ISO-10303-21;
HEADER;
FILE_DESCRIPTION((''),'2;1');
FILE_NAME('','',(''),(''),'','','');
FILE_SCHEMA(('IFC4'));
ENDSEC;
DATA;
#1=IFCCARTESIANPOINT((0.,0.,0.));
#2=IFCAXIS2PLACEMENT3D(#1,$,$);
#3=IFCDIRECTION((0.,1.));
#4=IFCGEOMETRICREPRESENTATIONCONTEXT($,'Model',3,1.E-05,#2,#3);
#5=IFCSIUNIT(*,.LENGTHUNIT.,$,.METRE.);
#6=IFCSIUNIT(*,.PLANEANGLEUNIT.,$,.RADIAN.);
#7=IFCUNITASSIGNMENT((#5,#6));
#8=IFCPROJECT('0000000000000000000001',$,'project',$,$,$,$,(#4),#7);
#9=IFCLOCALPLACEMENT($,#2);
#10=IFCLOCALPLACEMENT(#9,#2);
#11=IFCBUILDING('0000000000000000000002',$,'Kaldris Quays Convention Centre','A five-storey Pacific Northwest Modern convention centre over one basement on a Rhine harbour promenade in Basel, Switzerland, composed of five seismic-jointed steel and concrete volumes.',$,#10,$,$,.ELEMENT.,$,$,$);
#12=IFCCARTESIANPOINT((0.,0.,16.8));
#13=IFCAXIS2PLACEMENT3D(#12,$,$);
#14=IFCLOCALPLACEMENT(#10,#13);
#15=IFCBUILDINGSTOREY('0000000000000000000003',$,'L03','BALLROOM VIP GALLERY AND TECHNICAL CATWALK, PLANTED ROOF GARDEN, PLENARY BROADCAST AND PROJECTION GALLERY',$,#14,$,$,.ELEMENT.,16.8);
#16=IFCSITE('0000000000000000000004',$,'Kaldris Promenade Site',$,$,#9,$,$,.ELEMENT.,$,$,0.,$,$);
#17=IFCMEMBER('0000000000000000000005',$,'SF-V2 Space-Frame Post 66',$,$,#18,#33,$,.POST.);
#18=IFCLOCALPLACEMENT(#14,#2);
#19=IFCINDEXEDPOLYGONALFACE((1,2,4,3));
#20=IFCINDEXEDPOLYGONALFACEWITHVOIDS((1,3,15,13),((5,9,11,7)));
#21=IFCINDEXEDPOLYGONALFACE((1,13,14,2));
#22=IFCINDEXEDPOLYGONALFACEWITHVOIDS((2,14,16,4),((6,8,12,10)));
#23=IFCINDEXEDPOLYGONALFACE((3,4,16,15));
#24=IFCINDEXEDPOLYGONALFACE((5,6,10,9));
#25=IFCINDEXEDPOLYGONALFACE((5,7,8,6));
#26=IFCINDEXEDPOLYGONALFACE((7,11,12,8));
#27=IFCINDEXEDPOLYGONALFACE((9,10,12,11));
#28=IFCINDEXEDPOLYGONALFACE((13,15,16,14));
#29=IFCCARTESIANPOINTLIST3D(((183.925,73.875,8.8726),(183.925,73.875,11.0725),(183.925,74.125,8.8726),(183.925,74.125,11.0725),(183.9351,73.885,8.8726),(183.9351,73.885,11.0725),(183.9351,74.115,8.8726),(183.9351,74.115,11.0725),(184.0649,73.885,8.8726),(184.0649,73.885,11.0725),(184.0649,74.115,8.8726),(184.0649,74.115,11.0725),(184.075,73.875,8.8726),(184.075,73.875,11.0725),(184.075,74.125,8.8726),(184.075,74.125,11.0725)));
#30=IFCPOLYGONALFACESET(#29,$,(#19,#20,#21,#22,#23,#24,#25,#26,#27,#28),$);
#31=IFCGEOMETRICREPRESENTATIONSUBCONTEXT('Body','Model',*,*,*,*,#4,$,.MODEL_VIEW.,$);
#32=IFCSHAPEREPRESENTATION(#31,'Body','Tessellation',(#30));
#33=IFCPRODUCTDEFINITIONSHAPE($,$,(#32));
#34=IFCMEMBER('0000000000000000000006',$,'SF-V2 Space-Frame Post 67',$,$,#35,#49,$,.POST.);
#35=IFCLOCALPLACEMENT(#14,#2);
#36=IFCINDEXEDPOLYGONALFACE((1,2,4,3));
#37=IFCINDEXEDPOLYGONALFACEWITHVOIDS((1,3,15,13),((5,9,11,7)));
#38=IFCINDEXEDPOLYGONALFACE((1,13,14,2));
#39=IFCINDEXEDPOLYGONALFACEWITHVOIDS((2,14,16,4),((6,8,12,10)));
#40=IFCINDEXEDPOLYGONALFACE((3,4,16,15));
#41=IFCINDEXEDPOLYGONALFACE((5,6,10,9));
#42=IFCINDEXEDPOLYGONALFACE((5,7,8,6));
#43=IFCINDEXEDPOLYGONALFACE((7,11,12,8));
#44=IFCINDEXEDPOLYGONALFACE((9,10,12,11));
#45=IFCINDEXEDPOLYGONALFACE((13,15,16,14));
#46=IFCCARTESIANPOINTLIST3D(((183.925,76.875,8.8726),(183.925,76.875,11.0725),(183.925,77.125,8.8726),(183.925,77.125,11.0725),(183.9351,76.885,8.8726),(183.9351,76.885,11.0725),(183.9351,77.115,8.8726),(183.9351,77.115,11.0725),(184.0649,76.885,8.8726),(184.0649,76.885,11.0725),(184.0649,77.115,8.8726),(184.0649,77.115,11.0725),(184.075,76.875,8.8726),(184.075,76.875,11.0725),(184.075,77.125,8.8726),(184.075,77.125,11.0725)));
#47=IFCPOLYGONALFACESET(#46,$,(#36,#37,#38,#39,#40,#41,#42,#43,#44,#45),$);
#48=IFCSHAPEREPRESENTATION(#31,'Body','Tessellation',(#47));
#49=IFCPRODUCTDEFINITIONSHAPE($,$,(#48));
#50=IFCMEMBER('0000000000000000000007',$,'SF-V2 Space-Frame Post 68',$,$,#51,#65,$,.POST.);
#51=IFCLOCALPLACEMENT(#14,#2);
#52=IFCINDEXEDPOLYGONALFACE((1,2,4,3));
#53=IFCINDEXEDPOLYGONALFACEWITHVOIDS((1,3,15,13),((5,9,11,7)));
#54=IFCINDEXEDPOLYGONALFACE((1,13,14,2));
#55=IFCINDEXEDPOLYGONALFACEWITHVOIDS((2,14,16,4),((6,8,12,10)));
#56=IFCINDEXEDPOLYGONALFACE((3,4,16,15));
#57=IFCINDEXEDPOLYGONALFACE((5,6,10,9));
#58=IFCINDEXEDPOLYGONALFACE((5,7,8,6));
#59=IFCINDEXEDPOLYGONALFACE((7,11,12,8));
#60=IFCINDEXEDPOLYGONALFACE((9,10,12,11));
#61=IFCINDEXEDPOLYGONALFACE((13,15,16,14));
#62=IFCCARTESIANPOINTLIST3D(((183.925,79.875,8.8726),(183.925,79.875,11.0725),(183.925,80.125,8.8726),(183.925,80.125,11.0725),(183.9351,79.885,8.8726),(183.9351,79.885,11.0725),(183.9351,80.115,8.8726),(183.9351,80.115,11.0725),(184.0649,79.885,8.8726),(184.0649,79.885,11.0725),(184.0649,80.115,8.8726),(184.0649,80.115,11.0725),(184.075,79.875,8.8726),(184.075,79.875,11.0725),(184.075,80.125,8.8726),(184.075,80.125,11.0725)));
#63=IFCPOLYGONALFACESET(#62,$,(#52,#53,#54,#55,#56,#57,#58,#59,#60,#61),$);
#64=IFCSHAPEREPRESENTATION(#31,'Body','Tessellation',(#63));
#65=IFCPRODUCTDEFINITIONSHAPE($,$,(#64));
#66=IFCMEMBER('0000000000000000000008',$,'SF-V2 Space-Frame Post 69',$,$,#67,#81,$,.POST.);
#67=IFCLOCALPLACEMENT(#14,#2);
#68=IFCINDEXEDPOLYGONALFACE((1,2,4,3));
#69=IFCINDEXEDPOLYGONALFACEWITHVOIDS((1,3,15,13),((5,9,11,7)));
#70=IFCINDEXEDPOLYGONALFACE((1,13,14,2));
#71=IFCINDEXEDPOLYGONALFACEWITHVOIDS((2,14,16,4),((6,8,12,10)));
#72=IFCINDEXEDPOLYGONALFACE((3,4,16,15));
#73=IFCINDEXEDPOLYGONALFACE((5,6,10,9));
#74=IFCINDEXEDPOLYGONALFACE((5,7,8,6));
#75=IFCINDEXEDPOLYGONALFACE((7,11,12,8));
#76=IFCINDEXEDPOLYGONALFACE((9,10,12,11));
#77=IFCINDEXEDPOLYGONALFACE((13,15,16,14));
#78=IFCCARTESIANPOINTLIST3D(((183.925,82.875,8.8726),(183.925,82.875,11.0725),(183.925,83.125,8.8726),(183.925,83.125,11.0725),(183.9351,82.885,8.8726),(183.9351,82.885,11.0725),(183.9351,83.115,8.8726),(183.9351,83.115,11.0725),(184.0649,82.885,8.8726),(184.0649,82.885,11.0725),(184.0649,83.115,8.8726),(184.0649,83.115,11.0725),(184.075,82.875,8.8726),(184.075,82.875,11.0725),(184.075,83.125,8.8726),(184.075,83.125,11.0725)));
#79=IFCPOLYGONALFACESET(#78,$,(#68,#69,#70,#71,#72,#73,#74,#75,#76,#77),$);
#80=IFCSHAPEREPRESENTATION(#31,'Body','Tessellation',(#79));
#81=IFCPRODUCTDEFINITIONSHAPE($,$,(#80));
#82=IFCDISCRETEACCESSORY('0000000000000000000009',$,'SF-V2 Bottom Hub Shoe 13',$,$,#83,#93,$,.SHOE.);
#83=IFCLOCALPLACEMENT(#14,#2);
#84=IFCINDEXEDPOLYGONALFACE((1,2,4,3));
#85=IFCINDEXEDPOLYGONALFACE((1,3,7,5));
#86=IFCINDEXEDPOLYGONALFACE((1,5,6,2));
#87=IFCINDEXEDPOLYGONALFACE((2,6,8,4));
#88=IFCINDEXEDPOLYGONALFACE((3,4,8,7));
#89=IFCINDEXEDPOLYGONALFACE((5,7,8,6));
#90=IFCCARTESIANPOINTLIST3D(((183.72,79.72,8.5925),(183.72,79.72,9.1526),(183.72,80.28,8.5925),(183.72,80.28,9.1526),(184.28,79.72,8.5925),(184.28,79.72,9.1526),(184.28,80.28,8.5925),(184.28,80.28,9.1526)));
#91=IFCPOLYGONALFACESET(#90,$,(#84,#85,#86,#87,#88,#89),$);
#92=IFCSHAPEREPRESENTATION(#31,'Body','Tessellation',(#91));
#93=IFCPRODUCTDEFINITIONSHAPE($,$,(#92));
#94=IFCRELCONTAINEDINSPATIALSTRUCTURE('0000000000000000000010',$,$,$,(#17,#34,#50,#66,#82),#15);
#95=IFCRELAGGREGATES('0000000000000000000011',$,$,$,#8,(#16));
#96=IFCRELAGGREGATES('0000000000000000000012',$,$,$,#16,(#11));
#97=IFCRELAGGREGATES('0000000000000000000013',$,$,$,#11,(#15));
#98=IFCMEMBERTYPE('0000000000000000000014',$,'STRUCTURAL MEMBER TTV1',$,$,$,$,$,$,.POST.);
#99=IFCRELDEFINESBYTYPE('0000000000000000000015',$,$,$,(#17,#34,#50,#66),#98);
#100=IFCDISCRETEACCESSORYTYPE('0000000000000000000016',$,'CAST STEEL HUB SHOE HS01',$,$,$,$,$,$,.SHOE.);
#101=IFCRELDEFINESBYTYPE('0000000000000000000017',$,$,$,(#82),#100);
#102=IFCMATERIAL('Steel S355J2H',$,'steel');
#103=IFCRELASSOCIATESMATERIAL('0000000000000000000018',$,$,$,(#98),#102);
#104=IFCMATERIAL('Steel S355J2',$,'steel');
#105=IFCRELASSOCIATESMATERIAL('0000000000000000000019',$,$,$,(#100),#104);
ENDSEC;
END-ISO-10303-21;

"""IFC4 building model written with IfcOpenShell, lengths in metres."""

from ifc_helpers import new_model, si_unit, direction, frame, origin, origin_2d, place, context, subcontext, project, spatial, rectangle, hollow_rectangle, extrude, material, material_profile, profile_set, type_object, element, save


model = new_model("IFC4")

# Units and contexts
model_context = context("Model", 3, precision=1e-05, world=origin(), true_north=direction((0.0, 1.0)))
body_context = subcontext(model_context, "Body", "Model", "MODEL_VIEW")
ifc_project = project(units=[si_unit("LENGTHUNIT", "METRE"), si_unit("PLANEANGLEUNIT", "RADIAN")], contexts=[model_context])

# Site, building, storey
site_placement = place(None, origin())
site = spatial("IfcSite", under=ifc_project, at=site_placement, Name="Kaldris Promenade Site", CompositionType="ELEMENT", RefElevation=0.0)
building_placement = place(site_placement, origin())
building = spatial("IfcBuilding", under=site, at=building_placement, Name="Kaldris Quays Convention Centre", Description="A five-storey Pacific Northwest Modern convention centre over one basement on a Rhine harbour promenade in Basel, Switzerland, composed of five seismic-jointed steel and concrete volumes.", CompositionType="ELEMENT")
storey_placement = place(building_placement, frame((0.0, 0.0, 16.8)))
storey = spatial("IfcBuildingStorey", under=building, at=storey_placement, Name="L03", Description="BALLROOM VIP GALLERY AND TECHNICAL CATWALK, PLANTED ROOF GARDEN, PLENARY BROADCAST AND PROJECTION GALLERY", CompositionType="ELEMENT", Elevation=16.8)

# Members
ifc_material_1 = material(Name="Steel S355J2H", Category="steel")
ifc_material_profile_1 = material_profile(ifc_material_1, hollow_rectangle(XDim=0.1499, YDim=0.25, WallThickness=0.01, at=origin_2d()), Name="RHS 250x150x10")
ifc_profile_set_1 = profile_set([ifc_material_profile_1], Name="Steel S355J2H")
member_type_1 = type_object("IfcMemberType", Name="STRUCTURAL MEMBER TTV1", PredefinedType="POST", material=ifc_profile_set_1)
for number, where, z_axis, x_axis, name in (
    (1, (184.0, 74.0, 8.8726), (0.0, 0.0, 1.0), (1.0, 0.0, 0.0), "SF-V2 Space-Frame Post 66"),
    (2, (184.0, 77.0, 8.8726), (0.0, 0.0, 1.0), (1.0, 0.0, 0.0), "SF-V2 Space-Frame Post 67"),
    (3, (184.0, 80.0, 8.8726), (0.0, 0.0, 1.0), (1.0, 0.0, 0.0), "SF-V2 Space-Frame Post 68"),
    (4, (184.0, 83.0, 8.8726), (0.0, 0.0, 1.0), (1.0, 0.0, 0.0), "SF-V2 Space-Frame Post 69"),
):
    element("IfcMember", number, at=place(storey_placement, frame(where, z_axis=z_axis, x_axis=x_axis)), inside=storey, type_object=member_type_1, Name=name, PredefinedType="POST", context=body_context, shape_type="SweptSolid", body=[
        extrude(hollow_rectangle(XDim=0.1499, YDim=0.25, WallThickness=0.01, at=origin_2d()), origin(), (0.0, 0.0, 1.0), 2.2),
    ])

# Discrete accessory
ifc_material_2 = material(Name="Steel S355J2", Category="steel")
discrete_accessory_type = type_object("IfcDiscreteAccessoryType", Name="CAST STEEL HUB SHOE HS01", PredefinedType="SHOE", material=ifc_material_2)
discrete_accessory_placement = place(storey_placement, frame((184.0, 80.0, 8.5925), z_axis=(0.0, 0.0, 1.0), x_axis=(1.0, 0.0, 0.0)))
element("IfcDiscreteAccessory", 5, at=discrete_accessory_placement, inside=storey, type_object=discrete_accessory_type, Name="SF-V2 Bottom Hub Shoe 13", PredefinedType="SHOE", context=body_context, shape_type="SweptSolid", body=[
    extrude(rectangle(XDim=0.5601, YDim=0.5601, at=origin_2d()), origin(), (0.0, 0.0, 1.0), 0.5601),
])

save(model, "model.ifc")
